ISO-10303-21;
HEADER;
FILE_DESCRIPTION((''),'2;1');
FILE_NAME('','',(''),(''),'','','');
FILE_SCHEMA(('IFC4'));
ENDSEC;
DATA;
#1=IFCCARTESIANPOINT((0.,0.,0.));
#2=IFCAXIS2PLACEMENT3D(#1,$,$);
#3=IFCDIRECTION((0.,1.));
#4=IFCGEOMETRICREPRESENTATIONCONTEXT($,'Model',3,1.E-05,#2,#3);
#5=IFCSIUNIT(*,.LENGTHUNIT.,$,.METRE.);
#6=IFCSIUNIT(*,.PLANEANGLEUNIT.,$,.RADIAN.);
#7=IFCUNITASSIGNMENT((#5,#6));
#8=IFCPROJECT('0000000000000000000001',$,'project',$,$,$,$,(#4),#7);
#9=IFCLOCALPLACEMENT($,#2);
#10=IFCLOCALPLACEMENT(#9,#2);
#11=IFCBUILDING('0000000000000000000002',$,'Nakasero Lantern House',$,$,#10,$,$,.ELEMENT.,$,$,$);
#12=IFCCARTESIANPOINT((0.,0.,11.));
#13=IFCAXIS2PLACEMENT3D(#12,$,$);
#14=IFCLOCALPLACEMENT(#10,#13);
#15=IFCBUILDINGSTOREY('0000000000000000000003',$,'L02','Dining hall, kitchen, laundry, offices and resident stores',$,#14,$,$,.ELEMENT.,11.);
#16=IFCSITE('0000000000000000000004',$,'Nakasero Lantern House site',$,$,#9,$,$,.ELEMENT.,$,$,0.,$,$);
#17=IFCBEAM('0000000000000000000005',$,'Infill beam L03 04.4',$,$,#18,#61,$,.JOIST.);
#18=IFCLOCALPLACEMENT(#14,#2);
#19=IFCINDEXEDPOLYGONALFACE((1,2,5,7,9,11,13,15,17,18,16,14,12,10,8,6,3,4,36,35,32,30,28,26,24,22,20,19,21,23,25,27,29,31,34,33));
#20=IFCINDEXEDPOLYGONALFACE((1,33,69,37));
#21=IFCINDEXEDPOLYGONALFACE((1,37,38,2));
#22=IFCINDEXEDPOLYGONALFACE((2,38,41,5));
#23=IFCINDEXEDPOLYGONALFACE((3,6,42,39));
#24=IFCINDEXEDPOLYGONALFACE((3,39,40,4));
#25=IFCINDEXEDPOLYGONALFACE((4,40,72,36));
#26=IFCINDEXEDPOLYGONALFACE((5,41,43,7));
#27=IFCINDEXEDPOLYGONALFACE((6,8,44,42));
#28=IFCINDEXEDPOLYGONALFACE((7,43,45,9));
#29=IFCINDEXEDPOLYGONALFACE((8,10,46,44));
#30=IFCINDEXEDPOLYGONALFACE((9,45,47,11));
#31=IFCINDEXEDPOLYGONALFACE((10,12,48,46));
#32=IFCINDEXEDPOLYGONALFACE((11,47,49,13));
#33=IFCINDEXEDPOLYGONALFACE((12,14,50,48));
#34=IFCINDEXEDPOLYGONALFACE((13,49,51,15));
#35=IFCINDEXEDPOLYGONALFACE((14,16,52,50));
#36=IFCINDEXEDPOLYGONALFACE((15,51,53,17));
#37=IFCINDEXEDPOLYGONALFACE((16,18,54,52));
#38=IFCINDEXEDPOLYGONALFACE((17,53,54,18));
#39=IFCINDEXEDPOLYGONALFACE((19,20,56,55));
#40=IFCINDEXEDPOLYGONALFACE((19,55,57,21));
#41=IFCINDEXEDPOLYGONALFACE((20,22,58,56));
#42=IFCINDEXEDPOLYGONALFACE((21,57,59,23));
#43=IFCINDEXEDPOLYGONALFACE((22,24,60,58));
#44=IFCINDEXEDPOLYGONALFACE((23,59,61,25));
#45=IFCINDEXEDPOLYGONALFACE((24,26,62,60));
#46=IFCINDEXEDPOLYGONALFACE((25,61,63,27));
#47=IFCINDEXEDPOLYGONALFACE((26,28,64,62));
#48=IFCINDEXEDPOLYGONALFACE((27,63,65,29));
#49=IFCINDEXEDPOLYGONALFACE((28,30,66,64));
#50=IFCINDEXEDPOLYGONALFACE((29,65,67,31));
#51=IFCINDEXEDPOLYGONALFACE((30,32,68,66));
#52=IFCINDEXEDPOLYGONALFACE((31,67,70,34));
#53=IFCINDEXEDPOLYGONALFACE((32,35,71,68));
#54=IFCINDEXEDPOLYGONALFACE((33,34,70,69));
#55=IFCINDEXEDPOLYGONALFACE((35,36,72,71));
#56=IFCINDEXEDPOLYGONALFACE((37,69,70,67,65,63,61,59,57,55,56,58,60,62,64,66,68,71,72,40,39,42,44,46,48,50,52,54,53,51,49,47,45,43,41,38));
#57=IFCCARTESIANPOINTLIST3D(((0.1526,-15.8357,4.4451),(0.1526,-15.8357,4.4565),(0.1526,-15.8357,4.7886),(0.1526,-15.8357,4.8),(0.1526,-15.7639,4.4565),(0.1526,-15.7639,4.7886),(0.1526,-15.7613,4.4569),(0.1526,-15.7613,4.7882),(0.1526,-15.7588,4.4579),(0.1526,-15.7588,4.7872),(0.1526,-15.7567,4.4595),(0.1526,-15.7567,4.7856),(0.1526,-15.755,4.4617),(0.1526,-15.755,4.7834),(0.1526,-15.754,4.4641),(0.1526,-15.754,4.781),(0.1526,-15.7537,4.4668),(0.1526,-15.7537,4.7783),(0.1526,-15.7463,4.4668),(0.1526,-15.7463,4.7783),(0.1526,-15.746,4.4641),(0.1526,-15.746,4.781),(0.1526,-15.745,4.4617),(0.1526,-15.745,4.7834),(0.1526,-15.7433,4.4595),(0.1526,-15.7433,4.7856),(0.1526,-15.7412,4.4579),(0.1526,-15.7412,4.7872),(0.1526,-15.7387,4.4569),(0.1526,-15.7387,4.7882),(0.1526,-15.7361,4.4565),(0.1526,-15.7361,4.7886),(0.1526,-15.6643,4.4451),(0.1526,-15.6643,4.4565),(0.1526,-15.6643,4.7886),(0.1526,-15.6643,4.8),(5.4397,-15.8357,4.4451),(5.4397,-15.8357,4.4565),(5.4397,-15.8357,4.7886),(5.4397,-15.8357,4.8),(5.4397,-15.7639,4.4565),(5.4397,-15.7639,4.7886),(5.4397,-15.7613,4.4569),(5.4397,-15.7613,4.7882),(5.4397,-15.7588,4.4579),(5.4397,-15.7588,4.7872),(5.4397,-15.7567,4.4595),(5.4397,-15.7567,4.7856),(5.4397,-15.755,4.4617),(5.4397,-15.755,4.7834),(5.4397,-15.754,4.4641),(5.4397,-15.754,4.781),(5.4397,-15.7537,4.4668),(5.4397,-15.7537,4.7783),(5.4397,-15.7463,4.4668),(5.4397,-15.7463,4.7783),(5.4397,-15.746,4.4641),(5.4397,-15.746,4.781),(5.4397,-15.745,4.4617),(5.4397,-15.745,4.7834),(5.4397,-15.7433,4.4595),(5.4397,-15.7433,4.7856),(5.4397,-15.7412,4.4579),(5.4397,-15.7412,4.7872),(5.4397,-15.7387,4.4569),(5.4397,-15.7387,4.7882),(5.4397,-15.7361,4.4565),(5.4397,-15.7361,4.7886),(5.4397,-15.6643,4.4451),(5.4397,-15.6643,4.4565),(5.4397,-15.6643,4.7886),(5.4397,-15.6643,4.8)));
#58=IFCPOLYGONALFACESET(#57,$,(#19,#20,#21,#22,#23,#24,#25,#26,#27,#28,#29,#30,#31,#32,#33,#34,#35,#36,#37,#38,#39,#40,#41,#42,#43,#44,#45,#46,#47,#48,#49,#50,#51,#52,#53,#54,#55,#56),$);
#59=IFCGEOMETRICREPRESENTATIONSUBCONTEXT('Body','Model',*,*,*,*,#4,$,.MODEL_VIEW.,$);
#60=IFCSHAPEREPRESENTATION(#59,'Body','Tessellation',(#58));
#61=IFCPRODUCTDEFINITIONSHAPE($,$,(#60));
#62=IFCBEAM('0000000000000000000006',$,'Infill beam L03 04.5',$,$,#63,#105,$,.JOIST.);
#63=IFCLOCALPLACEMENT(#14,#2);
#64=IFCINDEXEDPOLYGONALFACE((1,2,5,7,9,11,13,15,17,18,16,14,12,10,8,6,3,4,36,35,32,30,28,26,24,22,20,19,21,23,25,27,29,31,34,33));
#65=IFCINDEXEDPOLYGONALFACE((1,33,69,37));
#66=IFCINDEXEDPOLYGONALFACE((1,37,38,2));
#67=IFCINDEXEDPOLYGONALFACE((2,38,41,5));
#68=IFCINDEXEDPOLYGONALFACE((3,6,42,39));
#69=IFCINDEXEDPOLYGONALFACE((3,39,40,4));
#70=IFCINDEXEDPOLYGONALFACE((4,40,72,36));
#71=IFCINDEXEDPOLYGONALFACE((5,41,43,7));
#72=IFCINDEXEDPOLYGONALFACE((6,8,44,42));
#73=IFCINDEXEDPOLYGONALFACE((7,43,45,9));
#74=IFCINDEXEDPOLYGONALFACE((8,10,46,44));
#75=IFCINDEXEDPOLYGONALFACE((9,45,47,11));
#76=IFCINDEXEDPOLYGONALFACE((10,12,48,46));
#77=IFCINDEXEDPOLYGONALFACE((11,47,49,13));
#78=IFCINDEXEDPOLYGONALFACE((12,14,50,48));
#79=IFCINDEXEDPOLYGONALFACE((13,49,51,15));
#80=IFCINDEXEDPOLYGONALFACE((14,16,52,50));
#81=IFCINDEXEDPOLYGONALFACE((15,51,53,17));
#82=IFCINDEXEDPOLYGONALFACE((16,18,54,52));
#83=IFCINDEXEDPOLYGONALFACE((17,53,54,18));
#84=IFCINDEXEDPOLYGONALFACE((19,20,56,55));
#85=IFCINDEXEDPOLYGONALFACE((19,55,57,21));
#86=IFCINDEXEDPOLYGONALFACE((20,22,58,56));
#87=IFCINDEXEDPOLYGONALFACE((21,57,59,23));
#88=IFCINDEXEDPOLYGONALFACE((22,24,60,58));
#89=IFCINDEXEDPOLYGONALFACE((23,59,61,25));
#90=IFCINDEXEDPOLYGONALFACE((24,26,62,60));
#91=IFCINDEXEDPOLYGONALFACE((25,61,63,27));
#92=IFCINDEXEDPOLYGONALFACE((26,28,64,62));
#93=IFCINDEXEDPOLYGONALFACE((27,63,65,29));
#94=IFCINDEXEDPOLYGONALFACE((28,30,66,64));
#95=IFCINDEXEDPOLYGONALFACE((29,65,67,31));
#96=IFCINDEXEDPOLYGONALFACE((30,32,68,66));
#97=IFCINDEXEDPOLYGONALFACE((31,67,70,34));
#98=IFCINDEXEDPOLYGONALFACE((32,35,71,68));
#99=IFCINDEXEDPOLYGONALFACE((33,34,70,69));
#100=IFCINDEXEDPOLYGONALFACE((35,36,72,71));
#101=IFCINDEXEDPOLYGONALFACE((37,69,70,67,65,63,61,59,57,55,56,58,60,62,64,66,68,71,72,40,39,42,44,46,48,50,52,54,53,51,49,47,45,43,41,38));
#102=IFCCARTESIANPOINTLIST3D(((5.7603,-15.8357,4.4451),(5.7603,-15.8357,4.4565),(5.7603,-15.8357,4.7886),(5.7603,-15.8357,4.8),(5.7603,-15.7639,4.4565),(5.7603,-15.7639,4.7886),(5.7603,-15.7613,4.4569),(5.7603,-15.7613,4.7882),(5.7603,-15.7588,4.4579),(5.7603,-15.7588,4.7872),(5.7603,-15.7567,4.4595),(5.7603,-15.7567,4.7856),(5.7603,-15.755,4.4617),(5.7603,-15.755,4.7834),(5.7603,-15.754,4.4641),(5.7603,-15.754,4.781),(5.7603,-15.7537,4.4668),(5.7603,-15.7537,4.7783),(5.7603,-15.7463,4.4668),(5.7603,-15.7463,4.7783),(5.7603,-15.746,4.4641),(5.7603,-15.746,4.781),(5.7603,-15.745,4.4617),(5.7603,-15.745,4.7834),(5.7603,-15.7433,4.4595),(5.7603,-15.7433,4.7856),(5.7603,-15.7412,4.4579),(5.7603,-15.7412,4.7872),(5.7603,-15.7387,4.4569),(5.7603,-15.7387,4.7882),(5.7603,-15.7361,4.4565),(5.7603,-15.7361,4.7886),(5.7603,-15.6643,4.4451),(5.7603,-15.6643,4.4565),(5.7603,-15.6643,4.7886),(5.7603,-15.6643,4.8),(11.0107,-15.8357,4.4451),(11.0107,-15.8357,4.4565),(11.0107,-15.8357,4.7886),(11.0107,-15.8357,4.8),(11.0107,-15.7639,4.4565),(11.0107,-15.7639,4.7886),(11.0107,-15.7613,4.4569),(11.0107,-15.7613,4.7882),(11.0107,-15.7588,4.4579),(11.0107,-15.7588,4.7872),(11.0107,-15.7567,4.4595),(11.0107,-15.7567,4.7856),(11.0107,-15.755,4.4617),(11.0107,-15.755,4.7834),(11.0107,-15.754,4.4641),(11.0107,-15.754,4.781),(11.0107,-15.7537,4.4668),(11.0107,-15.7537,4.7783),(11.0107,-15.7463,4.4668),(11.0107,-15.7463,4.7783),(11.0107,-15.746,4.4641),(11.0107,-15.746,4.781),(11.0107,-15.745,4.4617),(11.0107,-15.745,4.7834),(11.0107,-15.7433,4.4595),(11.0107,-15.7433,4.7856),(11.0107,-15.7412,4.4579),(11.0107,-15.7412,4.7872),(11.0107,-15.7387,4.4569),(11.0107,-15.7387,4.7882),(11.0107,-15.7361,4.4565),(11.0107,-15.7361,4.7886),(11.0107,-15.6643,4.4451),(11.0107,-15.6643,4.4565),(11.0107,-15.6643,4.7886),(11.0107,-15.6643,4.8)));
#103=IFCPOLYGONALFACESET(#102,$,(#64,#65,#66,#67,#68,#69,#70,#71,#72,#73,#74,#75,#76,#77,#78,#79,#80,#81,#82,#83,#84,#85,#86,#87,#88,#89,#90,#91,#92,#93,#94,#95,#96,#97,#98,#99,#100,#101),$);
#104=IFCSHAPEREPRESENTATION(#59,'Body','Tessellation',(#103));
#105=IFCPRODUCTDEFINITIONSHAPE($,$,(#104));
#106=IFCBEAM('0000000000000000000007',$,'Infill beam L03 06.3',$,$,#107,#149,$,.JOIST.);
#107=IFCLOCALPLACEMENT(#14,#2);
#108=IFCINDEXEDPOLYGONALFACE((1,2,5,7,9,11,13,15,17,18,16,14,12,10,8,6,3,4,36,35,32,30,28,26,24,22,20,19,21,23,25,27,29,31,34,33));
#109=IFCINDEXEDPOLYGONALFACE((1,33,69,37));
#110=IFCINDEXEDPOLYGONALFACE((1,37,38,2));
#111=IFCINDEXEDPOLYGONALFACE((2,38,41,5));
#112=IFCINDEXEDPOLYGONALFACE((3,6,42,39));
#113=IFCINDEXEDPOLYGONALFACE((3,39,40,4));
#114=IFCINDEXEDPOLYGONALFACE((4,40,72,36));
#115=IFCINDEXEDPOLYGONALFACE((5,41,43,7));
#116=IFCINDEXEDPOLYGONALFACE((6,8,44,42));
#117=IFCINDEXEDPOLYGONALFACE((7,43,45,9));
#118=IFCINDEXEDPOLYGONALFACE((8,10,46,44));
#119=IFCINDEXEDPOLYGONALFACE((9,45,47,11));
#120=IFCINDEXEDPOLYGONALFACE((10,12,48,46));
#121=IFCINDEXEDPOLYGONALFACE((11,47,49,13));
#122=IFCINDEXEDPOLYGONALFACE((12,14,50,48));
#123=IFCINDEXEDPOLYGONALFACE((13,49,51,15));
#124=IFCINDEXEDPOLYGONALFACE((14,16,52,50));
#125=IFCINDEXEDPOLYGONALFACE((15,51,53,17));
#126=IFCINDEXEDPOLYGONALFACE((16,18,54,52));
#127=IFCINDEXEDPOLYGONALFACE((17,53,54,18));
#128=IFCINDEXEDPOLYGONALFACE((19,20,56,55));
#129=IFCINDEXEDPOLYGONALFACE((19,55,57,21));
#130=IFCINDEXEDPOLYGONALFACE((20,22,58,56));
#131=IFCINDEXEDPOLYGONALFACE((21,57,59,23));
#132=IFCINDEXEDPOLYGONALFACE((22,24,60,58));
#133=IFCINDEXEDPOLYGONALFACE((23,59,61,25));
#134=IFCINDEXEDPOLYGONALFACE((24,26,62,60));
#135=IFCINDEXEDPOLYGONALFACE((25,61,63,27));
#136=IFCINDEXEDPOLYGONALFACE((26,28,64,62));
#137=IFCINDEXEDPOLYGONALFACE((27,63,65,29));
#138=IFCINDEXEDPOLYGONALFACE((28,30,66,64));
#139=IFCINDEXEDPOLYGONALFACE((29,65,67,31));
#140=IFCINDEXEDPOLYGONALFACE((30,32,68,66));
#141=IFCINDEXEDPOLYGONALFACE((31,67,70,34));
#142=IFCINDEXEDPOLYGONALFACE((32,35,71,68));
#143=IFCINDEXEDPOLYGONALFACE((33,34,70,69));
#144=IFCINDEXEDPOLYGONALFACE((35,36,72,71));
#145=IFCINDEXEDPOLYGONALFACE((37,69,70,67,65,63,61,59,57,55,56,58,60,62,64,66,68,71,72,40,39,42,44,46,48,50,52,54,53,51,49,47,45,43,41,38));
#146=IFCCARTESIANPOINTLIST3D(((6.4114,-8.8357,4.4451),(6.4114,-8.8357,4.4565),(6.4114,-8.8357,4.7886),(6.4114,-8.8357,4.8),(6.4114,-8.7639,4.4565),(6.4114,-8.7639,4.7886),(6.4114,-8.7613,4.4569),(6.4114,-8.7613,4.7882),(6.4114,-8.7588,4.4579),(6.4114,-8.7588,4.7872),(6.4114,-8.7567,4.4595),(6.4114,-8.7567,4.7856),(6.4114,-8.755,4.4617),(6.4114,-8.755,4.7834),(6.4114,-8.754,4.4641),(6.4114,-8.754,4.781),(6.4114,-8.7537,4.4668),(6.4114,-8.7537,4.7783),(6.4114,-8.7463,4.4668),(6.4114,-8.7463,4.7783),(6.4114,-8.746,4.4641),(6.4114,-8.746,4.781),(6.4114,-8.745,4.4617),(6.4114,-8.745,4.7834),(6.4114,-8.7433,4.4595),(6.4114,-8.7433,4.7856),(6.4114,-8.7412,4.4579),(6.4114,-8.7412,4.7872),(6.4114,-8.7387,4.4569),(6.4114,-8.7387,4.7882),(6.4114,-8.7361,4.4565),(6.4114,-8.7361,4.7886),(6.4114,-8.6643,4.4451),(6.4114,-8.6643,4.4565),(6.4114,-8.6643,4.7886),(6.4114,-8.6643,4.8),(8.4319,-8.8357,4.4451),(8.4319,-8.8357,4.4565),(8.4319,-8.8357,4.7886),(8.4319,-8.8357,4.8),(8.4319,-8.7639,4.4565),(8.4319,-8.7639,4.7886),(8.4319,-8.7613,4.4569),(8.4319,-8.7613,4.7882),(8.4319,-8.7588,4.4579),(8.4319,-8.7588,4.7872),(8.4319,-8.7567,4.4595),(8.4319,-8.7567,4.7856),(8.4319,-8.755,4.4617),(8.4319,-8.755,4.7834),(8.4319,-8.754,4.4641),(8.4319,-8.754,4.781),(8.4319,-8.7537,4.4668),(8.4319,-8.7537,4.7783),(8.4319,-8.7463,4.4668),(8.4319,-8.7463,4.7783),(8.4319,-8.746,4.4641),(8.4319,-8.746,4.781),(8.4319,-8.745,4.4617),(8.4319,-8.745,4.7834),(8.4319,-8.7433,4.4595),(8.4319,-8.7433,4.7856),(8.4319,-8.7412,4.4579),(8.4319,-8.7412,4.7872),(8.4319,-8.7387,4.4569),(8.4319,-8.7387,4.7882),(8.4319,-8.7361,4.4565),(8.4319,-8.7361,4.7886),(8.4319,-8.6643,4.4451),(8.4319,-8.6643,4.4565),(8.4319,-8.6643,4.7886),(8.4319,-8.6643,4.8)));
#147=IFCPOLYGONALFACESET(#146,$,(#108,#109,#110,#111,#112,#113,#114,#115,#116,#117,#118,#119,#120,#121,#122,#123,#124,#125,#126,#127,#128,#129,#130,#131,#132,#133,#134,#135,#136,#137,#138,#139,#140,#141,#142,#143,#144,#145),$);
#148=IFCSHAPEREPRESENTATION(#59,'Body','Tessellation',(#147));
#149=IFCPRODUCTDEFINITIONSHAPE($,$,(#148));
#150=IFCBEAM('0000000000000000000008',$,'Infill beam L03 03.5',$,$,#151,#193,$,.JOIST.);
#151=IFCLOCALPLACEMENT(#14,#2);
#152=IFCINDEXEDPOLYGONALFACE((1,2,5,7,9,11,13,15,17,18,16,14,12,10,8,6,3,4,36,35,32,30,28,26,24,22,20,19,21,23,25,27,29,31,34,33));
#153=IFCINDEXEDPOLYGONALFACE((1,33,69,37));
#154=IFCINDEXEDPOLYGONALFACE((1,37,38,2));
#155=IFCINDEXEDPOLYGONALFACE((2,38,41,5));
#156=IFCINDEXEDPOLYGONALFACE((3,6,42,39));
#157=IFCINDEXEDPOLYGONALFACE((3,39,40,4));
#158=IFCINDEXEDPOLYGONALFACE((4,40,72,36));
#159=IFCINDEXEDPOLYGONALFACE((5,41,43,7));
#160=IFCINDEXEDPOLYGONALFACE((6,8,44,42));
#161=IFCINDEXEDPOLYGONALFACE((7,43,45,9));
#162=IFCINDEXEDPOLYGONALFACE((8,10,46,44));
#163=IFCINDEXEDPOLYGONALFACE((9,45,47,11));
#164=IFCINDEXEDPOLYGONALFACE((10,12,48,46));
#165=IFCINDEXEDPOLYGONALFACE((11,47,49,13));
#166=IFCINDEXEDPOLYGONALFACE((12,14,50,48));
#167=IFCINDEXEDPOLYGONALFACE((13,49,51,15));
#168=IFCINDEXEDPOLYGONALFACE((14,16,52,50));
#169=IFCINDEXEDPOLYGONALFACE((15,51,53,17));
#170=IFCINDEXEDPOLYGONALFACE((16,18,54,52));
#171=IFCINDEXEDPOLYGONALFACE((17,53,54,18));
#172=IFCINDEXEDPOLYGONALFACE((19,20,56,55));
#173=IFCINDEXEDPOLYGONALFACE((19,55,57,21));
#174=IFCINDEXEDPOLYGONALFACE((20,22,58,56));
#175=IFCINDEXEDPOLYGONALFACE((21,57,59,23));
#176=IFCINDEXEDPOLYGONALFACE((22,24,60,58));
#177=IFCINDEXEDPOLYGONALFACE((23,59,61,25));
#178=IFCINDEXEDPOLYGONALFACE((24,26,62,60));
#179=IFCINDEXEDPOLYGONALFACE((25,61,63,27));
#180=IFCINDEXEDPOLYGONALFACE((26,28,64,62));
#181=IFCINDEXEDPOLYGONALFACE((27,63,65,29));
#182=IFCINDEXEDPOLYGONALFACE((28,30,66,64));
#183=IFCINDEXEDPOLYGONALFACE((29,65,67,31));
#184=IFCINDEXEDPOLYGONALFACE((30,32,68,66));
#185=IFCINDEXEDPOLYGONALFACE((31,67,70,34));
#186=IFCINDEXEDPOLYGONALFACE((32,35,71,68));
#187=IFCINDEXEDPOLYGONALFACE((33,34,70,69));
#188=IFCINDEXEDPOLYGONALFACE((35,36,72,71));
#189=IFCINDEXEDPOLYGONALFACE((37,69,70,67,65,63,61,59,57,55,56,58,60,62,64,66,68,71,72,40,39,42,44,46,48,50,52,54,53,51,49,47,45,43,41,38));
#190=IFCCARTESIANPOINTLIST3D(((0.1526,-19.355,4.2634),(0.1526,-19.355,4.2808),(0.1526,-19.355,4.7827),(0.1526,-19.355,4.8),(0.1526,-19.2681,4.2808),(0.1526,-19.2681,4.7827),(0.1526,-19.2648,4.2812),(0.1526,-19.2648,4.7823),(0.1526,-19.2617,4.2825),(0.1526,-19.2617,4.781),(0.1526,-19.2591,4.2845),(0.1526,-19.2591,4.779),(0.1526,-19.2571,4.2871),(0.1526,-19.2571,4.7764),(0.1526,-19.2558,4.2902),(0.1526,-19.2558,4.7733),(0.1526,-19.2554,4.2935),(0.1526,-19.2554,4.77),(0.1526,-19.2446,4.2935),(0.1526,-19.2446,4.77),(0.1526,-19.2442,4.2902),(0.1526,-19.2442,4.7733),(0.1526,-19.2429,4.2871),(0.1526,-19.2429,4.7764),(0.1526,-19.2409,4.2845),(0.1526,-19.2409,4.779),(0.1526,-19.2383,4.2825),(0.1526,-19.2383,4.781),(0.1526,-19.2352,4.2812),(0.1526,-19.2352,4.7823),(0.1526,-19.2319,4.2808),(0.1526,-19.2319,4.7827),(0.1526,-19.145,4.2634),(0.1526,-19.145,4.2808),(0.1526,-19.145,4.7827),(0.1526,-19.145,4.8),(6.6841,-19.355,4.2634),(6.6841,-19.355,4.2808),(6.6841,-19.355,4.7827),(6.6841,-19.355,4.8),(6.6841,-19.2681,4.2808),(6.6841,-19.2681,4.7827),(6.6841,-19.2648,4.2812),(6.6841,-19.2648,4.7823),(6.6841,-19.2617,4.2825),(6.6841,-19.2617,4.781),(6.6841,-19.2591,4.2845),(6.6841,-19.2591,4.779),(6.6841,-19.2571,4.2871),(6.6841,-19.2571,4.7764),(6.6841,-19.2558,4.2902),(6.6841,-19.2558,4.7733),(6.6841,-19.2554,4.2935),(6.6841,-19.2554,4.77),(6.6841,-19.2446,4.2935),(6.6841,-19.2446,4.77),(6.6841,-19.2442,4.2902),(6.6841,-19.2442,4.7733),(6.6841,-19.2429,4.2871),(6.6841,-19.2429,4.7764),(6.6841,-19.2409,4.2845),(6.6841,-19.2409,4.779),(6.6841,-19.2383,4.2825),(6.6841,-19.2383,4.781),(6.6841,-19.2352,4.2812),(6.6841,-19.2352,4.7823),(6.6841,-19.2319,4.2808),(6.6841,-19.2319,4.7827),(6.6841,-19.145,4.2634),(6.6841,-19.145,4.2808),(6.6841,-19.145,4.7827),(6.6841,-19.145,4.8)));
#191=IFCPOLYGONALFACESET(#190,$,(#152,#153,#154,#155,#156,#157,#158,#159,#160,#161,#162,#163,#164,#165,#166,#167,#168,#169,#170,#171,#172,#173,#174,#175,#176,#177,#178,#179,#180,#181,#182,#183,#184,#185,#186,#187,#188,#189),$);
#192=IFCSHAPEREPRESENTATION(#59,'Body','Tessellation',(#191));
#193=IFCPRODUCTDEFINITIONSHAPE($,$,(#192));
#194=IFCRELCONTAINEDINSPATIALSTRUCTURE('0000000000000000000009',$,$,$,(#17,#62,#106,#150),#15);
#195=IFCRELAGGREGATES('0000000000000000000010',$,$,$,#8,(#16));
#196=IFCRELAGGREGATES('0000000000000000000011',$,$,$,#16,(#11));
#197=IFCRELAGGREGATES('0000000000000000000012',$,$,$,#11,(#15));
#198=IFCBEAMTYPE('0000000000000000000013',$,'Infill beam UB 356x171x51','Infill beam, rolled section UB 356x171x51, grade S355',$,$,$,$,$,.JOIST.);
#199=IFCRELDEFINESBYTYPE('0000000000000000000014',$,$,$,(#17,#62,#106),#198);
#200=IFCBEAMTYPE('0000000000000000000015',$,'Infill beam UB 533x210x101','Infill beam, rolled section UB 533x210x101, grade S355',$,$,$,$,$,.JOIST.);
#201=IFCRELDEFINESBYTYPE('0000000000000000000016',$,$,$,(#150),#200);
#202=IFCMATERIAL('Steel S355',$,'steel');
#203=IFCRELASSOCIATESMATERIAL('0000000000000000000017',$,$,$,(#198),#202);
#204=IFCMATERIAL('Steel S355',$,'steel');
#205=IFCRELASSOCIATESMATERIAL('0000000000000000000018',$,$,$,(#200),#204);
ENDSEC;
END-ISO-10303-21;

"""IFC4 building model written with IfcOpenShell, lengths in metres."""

from ifc_helpers import new_model, si_unit, direction, frame, origin, origin_2d, place, context, subcontext, project, spatial, i_section, extrude, material, material_profile, profile_set, type_object, element, save


model = new_model("IFC4")

# Units and contexts
model_context = context("Model", 3, precision=1e-05, world=origin(), true_north=direction((0.0, 1.0)))
body_context = subcontext(model_context, "Body", "Model", "MODEL_VIEW")
ifc_project = project(units=[si_unit("LENGTHUNIT", "METRE"), si_unit("PLANEANGLEUNIT", "RADIAN")], contexts=[model_context])

# Site, building, storey
site_placement = place(None, origin())
site = spatial("IfcSite", under=ifc_project, at=site_placement, Name="Nakasero Lantern House site", CompositionType="ELEMENT", RefElevation=0.0)
building_placement = place(site_placement, origin())
building = spatial("IfcBuilding", under=site, at=building_placement, Name="Nakasero Lantern House", CompositionType="ELEMENT")
storey_placement = place(building_placement, frame((0.0, 0.0, 11.0)))
storey = spatial("IfcBuildingStorey", under=building, at=storey_placement, Name="L02", Description="Dining hall, kitchen, laundry, offices and resident stores", CompositionType="ELEMENT", Elevation=11.0)

# Beams
ifc_material_1 = material(Name="Steel S355", Category="steel")
ifc_material_profile_1 = material_profile(ifc_material_1, i_section(OverallWidth=0.1714, OverallDepth=0.355, WebThickness=0.0073, FlangeThickness=0.0115, FilletRadius=0.0103, at=origin_2d()), Name="UB 356x171x51")
ifc_profile_set_1 = profile_set([ifc_material_profile_1], Name="Steel S355")
beam_type_1 = type_object("IfcBeamType", Name="Infill beam UB 356x171x51", Description="Infill beam, rolled section UB 356x171x51, grade S355", PredefinedType="JOIST", material=ifc_profile_set_1)
beam_1_placement = place(storey_placement, frame((0.1526, -15.75, 4.6226), z_axis=(1.0, 0.0, 0.0), x_axis=(0.0, 1.0, 0.0)))
element("IfcBeam", 1, at=beam_1_placement, inside=storey, type_object=beam_type_1, Name="Infill beam L03 04.4", PredefinedType="JOIST", context=body_context, shape_type="SweptSolid", body=[
    extrude(i_section(OverallWidth=0.1714, OverallDepth=0.355, WebThickness=0.0073, FlangeThickness=0.0115, FilletRadius=0.0103, at=origin_2d()), origin(), (0.0, 0.0, 1.0), 5.2871),
])
beam_2_placement = place(storey_placement, frame((5.7603, -15.75, 4.6226), z_axis=(1.0, 0.0, 0.0), x_axis=(0.0, 1.0, 0.0)))
element("IfcBeam", 2, at=beam_2_placement, inside=storey, type_object=beam_type_1, Name="Infill beam L03 04.5", PredefinedType="JOIST", context=body_context, shape_type="SweptSolid", body=[
    extrude(i_section(OverallWidth=0.1714, OverallDepth=0.355, WebThickness=0.0073, FlangeThickness=0.0115, FilletRadius=0.0103, at=origin_2d()), origin(), (0.0, 0.0, 1.0), 5.2505),
])
beam_3_placement = place(storey_placement, frame((6.4114, -8.75, 4.6226), z_axis=(1.0, 0.0, 0.0), x_axis=(0.0, 1.0, 0.0)))
element("IfcBeam", 3, at=beam_3_placement, inside=storey, type_object=beam_type_1, Name="Infill beam L03 06.3", PredefinedType="JOIST", context=body_context, shape_type="SweptSolid", body=[
    extrude(i_section(OverallWidth=0.1714, OverallDepth=0.355, WebThickness=0.0073, FlangeThickness=0.0115, FilletRadius=0.0103, at=origin_2d()), origin(), (0.0, 0.0, 1.0), 2.0205),
])
ifc_material_2 = material(Name="Steel S355", Category="steel")
ifc_material_profile_2 = material_profile(ifc_material_2, i_section(OverallWidth=0.21, OverallDepth=0.5366, WebThickness=0.0107, FlangeThickness=0.0173, FilletRadius=0.0127, at=origin_2d()), Name="UB 533x210x101")
ifc_profile_set_2 = profile_set([ifc_material_profile_2], Name="Steel S355")
beam_type_2 = type_object("IfcBeamType", Name="Infill beam UB 533x210x101", Description="Infill beam, rolled section UB 533x210x101, grade S355", PredefinedType="JOIST", material=ifc_profile_set_2)
beam_4_placement = place(storey_placement, frame((0.1526, -19.25, 4.5317), z_axis=(1.0, 0.0, 0.0), x_axis=(0.0, 1.0, 0.0)))
element("IfcBeam", 4, at=beam_4_placement, inside=storey, type_object=beam_type_2, Name="Infill beam L03 03.5", PredefinedType="JOIST", context=body_context, shape_type="SweptSolid", body=[
    extrude(i_section(OverallWidth=0.21, OverallDepth=0.5366, WebThickness=0.0107, FlangeThickness=0.0173, FilletRadius=0.0127, at=origin_2d()), origin(), (0.0, 0.0, 1.0), 6.5315),
])

save(model, "model.ifc")
